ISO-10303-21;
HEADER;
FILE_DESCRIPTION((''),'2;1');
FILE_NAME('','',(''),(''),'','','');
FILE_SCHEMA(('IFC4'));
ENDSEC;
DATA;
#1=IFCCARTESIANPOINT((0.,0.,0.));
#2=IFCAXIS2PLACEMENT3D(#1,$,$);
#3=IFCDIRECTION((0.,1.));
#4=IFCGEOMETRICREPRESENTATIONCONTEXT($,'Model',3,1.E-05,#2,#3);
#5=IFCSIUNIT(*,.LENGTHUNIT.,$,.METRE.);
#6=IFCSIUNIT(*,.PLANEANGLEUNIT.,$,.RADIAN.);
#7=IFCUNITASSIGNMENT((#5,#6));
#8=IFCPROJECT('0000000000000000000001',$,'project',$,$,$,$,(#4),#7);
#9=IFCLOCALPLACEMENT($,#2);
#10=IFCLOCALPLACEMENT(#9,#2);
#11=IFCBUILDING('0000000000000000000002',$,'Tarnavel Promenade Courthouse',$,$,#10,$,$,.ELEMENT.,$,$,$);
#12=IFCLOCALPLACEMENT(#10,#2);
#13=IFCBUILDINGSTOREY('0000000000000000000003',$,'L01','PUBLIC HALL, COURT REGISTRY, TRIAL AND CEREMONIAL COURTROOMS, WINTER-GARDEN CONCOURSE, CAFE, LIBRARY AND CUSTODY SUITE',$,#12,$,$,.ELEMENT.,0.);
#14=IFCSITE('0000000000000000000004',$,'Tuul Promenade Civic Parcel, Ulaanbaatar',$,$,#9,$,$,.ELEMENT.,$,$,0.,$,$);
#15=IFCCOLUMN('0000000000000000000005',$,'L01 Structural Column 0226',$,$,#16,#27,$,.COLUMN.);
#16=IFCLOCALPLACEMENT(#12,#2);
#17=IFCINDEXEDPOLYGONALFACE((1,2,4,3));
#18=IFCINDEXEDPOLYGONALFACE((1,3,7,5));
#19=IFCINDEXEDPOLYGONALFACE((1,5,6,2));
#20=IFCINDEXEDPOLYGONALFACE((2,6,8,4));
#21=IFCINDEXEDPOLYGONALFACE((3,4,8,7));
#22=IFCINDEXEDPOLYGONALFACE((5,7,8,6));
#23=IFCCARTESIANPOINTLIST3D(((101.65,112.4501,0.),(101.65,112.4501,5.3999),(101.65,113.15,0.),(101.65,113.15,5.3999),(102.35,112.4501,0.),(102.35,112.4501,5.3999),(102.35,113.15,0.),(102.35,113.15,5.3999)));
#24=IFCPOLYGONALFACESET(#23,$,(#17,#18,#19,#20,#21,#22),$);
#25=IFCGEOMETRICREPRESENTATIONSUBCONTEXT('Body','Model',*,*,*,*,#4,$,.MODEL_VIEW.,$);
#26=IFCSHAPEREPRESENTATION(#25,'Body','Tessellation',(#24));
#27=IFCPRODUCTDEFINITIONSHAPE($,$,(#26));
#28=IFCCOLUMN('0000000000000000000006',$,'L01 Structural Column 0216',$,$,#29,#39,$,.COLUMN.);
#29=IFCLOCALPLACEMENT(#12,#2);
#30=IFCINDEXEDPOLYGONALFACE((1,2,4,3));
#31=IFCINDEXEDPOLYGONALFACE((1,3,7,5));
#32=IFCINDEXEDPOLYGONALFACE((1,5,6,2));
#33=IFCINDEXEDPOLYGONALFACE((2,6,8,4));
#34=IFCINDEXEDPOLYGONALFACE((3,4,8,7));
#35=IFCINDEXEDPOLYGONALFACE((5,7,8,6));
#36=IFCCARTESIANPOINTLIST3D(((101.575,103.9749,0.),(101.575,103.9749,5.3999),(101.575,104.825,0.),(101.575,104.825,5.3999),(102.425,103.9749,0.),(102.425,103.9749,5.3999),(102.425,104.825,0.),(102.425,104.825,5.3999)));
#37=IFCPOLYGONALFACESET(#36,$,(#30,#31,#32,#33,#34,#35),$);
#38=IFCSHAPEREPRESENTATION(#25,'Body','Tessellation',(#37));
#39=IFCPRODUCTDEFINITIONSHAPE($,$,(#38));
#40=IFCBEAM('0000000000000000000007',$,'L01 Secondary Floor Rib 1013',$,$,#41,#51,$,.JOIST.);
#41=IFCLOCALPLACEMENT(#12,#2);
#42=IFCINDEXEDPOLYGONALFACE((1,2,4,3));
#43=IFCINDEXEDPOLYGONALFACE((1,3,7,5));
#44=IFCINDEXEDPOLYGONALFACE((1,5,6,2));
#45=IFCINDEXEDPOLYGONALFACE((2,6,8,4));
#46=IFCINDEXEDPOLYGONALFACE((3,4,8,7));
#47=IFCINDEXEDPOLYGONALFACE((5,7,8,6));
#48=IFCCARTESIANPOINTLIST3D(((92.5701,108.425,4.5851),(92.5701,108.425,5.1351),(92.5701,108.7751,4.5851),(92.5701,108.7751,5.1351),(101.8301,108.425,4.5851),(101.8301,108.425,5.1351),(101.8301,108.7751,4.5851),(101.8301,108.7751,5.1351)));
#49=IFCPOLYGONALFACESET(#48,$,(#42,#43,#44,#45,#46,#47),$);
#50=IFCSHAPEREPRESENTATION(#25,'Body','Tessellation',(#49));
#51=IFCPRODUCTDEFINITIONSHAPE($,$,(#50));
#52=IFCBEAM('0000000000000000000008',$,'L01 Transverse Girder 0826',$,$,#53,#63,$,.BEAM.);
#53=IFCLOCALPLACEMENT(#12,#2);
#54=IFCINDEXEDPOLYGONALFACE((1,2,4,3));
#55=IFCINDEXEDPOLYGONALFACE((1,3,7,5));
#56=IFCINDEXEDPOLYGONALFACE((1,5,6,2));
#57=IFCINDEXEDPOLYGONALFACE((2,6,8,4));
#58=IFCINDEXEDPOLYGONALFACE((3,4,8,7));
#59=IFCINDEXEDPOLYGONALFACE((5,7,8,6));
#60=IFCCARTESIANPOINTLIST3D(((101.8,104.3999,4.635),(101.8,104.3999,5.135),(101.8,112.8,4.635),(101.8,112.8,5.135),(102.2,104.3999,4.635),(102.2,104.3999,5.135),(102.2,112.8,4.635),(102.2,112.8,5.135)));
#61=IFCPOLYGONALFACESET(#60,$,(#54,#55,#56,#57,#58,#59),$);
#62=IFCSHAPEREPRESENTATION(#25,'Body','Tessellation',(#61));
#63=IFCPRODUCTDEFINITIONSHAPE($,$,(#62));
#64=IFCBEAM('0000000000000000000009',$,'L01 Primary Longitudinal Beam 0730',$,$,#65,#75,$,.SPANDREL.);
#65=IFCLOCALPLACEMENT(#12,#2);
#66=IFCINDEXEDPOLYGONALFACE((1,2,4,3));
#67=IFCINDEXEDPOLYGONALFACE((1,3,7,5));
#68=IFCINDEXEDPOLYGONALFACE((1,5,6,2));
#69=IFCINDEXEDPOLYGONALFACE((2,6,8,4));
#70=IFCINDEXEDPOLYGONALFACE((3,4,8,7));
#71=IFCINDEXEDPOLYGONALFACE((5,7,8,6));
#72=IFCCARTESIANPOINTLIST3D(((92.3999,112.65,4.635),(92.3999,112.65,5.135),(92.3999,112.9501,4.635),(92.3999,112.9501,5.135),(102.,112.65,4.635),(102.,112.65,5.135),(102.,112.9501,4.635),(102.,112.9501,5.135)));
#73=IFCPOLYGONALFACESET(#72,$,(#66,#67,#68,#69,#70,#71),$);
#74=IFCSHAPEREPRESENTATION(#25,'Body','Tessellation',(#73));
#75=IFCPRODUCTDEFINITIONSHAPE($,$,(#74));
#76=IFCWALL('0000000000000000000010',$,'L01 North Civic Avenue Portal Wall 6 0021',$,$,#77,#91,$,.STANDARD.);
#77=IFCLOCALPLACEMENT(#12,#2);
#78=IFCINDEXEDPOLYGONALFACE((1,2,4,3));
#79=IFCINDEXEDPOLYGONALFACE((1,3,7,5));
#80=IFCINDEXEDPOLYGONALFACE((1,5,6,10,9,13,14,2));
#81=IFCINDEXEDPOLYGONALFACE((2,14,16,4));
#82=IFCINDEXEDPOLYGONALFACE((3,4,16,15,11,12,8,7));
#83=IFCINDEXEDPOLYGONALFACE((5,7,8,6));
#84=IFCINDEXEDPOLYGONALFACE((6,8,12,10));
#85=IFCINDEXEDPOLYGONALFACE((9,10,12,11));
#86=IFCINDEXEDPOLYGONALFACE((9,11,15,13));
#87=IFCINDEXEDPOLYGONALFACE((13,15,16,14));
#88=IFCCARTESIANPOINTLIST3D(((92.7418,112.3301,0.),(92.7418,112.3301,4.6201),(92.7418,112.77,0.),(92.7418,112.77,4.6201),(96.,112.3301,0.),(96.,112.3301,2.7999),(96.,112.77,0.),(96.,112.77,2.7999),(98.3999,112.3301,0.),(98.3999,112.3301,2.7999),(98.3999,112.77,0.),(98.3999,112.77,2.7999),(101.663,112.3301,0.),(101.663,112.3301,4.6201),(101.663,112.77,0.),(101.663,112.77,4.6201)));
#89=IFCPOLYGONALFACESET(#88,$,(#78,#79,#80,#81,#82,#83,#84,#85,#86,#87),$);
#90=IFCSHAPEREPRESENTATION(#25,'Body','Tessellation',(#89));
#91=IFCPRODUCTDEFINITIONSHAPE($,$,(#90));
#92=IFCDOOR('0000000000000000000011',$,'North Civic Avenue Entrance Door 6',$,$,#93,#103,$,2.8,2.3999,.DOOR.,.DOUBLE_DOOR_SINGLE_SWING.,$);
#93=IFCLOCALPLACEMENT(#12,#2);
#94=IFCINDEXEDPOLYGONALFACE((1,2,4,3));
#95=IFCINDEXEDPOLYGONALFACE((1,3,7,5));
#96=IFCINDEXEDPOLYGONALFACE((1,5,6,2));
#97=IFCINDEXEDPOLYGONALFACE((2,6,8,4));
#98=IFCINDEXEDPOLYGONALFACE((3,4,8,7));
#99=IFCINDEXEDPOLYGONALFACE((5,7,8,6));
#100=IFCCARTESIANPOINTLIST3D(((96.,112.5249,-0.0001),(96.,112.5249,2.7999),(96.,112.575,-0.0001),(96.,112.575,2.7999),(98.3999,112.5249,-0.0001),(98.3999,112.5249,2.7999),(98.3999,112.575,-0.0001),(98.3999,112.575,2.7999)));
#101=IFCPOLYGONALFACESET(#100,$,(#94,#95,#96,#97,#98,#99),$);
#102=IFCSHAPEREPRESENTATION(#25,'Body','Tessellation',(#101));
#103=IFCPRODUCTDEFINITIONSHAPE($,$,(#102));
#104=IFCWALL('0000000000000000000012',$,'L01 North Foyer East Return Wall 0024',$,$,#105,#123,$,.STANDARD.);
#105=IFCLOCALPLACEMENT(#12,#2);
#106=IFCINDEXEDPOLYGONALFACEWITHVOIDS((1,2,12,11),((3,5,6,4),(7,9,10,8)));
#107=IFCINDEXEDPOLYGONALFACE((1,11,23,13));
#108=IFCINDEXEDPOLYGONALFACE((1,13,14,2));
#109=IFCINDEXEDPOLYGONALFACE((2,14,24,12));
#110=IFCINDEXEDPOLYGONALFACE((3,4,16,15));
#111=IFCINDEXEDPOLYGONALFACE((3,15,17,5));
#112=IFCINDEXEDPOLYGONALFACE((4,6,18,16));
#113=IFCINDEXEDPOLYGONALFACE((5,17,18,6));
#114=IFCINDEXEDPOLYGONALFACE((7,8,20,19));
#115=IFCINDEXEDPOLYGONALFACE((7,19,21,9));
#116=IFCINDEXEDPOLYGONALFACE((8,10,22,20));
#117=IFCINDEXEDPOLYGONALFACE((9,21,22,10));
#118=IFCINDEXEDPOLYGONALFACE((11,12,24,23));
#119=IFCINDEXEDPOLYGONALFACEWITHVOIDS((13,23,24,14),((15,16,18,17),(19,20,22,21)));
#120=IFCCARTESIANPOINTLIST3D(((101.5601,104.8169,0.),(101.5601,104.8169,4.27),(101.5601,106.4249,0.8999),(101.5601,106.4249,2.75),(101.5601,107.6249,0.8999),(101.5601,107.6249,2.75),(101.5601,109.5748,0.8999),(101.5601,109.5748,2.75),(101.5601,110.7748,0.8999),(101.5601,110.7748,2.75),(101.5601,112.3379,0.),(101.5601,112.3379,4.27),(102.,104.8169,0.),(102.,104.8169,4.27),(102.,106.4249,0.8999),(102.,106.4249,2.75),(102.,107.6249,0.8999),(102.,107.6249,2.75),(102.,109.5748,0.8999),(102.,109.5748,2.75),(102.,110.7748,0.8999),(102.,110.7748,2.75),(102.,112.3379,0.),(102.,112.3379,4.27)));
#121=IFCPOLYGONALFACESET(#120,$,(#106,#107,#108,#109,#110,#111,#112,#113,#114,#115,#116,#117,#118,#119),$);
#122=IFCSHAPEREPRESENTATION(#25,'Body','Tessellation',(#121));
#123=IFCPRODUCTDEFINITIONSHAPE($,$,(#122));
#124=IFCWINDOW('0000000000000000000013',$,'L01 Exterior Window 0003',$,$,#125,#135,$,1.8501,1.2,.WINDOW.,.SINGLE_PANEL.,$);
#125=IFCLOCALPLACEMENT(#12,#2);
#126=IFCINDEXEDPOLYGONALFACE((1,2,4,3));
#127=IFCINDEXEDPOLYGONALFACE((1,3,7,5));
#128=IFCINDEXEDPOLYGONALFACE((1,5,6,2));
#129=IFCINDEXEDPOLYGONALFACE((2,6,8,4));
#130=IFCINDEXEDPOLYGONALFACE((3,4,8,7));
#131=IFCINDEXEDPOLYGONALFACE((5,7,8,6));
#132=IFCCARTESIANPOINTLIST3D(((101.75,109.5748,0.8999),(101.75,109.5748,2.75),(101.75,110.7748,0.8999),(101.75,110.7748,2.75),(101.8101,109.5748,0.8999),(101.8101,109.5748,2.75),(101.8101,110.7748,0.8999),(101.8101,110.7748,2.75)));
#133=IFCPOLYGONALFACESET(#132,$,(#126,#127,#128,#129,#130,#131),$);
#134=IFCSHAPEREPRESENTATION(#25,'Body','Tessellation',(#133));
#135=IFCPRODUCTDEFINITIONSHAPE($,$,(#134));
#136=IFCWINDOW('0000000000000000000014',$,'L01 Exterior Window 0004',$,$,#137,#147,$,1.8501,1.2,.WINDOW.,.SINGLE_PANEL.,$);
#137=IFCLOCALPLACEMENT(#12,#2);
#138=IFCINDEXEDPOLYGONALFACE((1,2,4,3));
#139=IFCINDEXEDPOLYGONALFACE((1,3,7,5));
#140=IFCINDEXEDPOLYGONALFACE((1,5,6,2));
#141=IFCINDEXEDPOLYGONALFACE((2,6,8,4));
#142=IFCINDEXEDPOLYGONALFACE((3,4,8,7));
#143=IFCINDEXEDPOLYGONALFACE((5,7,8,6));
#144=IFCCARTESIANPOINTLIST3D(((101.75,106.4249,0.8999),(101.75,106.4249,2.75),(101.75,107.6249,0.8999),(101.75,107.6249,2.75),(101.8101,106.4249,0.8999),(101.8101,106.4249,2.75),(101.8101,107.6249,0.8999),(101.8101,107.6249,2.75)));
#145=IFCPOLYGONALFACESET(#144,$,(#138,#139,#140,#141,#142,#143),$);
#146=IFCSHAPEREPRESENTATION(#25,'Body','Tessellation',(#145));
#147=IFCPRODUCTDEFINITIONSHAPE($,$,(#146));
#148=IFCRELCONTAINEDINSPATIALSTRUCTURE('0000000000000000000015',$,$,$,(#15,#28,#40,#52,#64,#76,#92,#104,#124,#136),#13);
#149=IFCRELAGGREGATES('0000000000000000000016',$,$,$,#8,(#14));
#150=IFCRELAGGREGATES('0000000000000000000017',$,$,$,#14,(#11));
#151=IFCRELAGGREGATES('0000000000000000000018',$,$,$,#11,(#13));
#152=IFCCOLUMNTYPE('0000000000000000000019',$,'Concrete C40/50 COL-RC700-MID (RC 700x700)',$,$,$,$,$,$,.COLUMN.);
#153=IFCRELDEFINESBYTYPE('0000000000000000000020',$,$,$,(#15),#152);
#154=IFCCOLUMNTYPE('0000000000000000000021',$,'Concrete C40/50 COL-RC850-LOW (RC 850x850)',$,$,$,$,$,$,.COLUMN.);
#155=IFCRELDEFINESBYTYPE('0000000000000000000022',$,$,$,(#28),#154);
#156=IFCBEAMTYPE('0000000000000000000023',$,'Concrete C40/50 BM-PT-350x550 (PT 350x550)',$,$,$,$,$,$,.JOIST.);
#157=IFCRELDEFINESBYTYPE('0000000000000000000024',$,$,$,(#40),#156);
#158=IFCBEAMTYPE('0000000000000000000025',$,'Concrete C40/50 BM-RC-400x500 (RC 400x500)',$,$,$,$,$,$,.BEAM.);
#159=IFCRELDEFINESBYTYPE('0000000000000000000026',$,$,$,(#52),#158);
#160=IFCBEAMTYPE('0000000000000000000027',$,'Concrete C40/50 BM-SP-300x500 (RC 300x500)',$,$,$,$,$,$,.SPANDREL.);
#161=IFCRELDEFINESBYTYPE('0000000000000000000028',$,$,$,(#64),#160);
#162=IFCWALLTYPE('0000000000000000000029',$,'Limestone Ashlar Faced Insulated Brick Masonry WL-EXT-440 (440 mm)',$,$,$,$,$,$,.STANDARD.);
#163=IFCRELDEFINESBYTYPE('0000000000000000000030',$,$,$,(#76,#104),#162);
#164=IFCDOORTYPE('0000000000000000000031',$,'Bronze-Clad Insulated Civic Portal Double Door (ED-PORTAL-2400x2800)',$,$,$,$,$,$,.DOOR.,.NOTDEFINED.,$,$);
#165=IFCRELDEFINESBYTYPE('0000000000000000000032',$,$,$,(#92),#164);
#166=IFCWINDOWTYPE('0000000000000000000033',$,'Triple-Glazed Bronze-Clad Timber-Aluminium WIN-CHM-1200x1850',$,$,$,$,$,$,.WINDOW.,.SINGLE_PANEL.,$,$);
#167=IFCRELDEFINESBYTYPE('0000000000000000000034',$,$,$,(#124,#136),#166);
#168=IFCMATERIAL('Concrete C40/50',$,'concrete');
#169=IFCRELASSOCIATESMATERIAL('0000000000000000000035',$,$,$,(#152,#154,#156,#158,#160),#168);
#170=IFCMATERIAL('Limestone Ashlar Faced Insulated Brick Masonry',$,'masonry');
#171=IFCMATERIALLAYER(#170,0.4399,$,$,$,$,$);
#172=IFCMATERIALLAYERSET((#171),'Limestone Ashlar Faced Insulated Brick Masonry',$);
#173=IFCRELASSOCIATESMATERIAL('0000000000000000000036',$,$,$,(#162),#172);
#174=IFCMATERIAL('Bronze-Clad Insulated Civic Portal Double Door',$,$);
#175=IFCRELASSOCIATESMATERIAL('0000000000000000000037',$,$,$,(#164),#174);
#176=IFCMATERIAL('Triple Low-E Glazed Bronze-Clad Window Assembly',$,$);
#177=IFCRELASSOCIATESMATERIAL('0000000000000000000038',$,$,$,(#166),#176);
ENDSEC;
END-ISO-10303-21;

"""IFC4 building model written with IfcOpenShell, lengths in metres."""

from ifc_helpers import new_model, si_unit, direction, frame, frame_2d, origin, origin_2d, place, context, subcontext, project, spatial, rectangle, extrude, material, layer, layer_set, material_profile, profile_set, type_object, element, fill, save


model = new_model("IFC4")

# Units and contexts
model_context = context("Model", 3, precision=1e-05, world=origin(), true_north=direction((0.0, 1.0)))
body_context = subcontext(model_context, "Body", "Model", "MODEL_VIEW")
ifc_project = project(units=[si_unit("LENGTHUNIT", "METRE"), si_unit("PLANEANGLEUNIT", "RADIAN")], contexts=[model_context])

# Site, building, storey
site_placement = place(None, origin())
site = spatial("IfcSite", under=ifc_project, at=site_placement, Name="Tuul Promenade Civic Parcel, Ulaanbaatar", CompositionType="ELEMENT", RefElevation=0.0)
building_placement = place(site_placement, origin())
building = spatial("IfcBuilding", under=site, at=building_placement, Name="Tarnavel Promenade Courthouse", CompositionType="ELEMENT")
storey_placement = place(building_placement, origin())
storey = spatial("IfcBuildingStorey", under=building, at=storey_placement, Name="L01", Description="PUBLIC HALL, COURT REGISTRY, TRIAL AND CEREMONIAL COURTROOMS, WINTER-GARDEN CONCOURSE, CAFE, LIBRARY AND CUSTODY SUITE", CompositionType="ELEMENT", Elevation=0.0)

# Columns
ifc_material_1 = material(Name="Concrete C40/50", Category="concrete")
ifc_material_profile_1 = material_profile(ifc_material_1, rectangle(XDim=0.7, YDim=0.7, at=origin_2d()), Name="RC 700x700")
ifc_profile_set_1 = profile_set([ifc_material_profile_1], Name="Concrete C40/50")
column_type_1 = type_object("IfcColumnType", Name="Concrete C40/50 COL-RC700-MID (RC 700x700)", PredefinedType="COLUMN", material=ifc_profile_set_1)
column_1_placement = place(storey_placement, frame((102.0, 112.8, 0.0), z_axis=(0.0, 0.0, 1.0), x_axis=(1.0, 0.0, 0.0)))
element("IfcColumn", 1, at=column_1_placement, inside=storey, type_object=column_type_1, Name="L01 Structural Column 0226", PredefinedType="COLUMN", context=body_context, shape_type="SweptSolid", body=[
    extrude(rectangle(XDim=0.7, YDim=0.7, at=origin_2d()), origin(), (0.0, 0.0, 1.0), 5.3999),
])
ifc_material_profile_2 = material_profile(ifc_material_1, rectangle(XDim=0.8501, YDim=0.8501, at=origin_2d()), Name="RC 850x850")
ifc_profile_set_2 = profile_set([ifc_material_profile_2], Name="Concrete C40/50")
column_type_2 = type_object("IfcColumnType", Name="Concrete C40/50 COL-RC850-LOW (RC 850x850)", PredefinedType="COLUMN", material=ifc_profile_set_2)
column_2_placement = place(storey_placement, frame((102.0, 104.3999, 0.0), z_axis=(0.0, 0.0, 1.0), x_axis=(1.0, 0.0, 0.0)))
element("IfcColumn", 2, at=column_2_placement, inside=storey, type_object=column_type_2, Name="L01 Structural Column 0216", PredefinedType="COLUMN", context=body_context, shape_type="SweptSolid", body=[
    extrude(rectangle(XDim=0.8501, YDim=0.8501, at=origin_2d()), origin(), (0.0, 0.0, 1.0), 5.3999),
])

# Beams
ifc_material_profile_3 = material_profile(ifc_material_1, rectangle(XDim=0.3501, YDim=0.55, at=origin_2d()), Name="PT 350x550")
ifc_profile_set_3 = profile_set([ifc_material_profile_3], Name="Concrete C40/50")
beam_type_1 = type_object("IfcBeamType", Name="Concrete C40/50 BM-PT-350x550 (PT 350x550)", PredefinedType="JOIST", material=ifc_profile_set_3)
beam_1_placement = place(storey_placement, frame((92.5701, 108.6001, 4.8601), z_axis=(1.0, 0.0, 0.0), x_axis=(0.0, 1.0, 0.0)))
element("IfcBeam", 3, at=beam_1_placement, inside=storey, type_object=beam_type_1, Name="L01 Secondary Floor Rib 1013", PredefinedType="JOIST", context=body_context, shape_type="SweptSolid", body=[
    extrude(rectangle(XDim=0.3501, YDim=0.55, at=origin_2d()), origin(), (0.0, 0.0, 1.0), 9.26),
])
ifc_material_profile_4 = material_profile(ifc_material_1, rectangle(XDim=0.3999, YDim=0.5, at=origin_2d()), Name="RC 400x500")
ifc_profile_set_4 = profile_set([ifc_material_profile_4], Name="Concrete C40/50")
beam_type_2 = type_object("IfcBeamType", Name="Concrete C40/50 BM-RC-400x500 (RC 400x500)", PredefinedType="BEAM", material=ifc_profile_set_4)
beam_2_placement = place(storey_placement, frame((102.0, 104.3999, 4.885), z_axis=(0.0, 1.0, 0.0), x_axis=(-1.0, 0.0, 0.0)))
element("IfcBeam", 4, at=beam_2_placement, inside=storey, type_object=beam_type_2, Name="L01 Transverse Girder 0826", PredefinedType="BEAM", context=body_context, shape_type="SweptSolid", body=[
    extrude(rectangle(XDim=0.3999, YDim=0.5, at=origin_2d()), origin(), (0.0, 0.0, 1.0), 8.4001),
])
ifc_material_profile_5 = material_profile(ifc_material_1, rectangle(XDim=0.3, YDim=0.5, at=origin_2d()), Name="RC 300x500")
ifc_profile_set_5 = profile_set([ifc_material_profile_5], Name="Concrete C40/50")
beam_type_3 = type_object("IfcBeamType", Name="Concrete C40/50 BM-SP-300x500 (RC 300x500)", PredefinedType="SPANDREL", material=ifc_profile_set_5)
beam_3_placement = place(storey_placement, frame((92.3999, 112.8, 4.885), z_axis=(1.0, 0.0, 0.0), x_axis=(0.0, 1.0, 0.0)))
element("IfcBeam", 5, at=beam_3_placement, inside=storey, type_object=beam_type_3, Name="L01 Primary Longitudinal Beam 0730", PredefinedType="SPANDREL", context=body_context, shape_type="SweptSolid", body=[
    extrude(rectangle(XDim=0.3, YDim=0.5, at=origin_2d()), origin(), (0.0, 0.0, 1.0), 9.6001),
])

# Wall, opening, door
ifc_material_2 = material(Name="Limestone Ashlar Faced Insulated Brick Masonry", Category="masonry")
ifc_layer_1 = layer(ifc_material_2, 0.4399)
ifc_layer_set_1 = layer_set([ifc_layer_1], Name="Limestone Ashlar Faced Insulated Brick Masonry")
wall_type_1 = type_object("IfcWallType", Name="Limestone Ashlar Faced Insulated Brick Masonry WL-EXT-440 (440 mm)", PredefinedType="STANDARD", material=ifc_layer_set_1)
wall_1_placement = place(storey_placement, frame((92.7419, 112.55, 0.0), z_axis=(0.0, 0.0, 1.0), x_axis=(1.0, 0.0, 0.0)))
wall_1 = element("IfcWall", 6, at=wall_1_placement, inside=storey, type_object=wall_type_1, Name="L01 North Civic Avenue Portal Wall 6 0021", PredefinedType="STANDARD", context=body_context, shape_type="SweptSolid", body=[
    extrude(rectangle(XDim=8.9211, YDim=0.4399, at=frame_2d((4.4604, 0.0))), origin(), (0.0, 0.0, 1.0), 4.6201),
])
opening_1_placement = place(wall_1_placement, frame((3.2581, 0.0, 0.0)))
opening_1 = element("IfcOpeningElement", 7, at=opening_1_placement, cuts=wall_1, PredefinedType="OPENING", context=body_context, shape_type="SweptSolid", body=[
    extrude(rectangle(XDim=2.3999, YDim=2.8, at=frame_2d((1.2, 1.3999))), frame((0.0, 0.23, 0.0), z_axis=(0.0, -1.0, 0.0), x_axis=(1.0, 0.0, 0.0)), (0.0, 0.0, 1.0), 0.46),
])
ifc_material_3 = material(Name="Bronze-Clad Insulated Civic Portal Double Door")
door_type_1 = type_object("IfcDoorType", Name="Bronze-Clad Insulated Civic Portal Double Door (ED-PORTAL-2400x2800)", OperationType="NOTDEFINED", PredefinedType="DOOR", material=ifc_material_3)
door_1_placement = place(opening_1_placement, origin())
door_1 = element("IfcDoor", 8, at=door_1_placement, inside=storey, type_object=door_type_1, Name="North Civic Avenue Entrance Door 6", OperationType="DOUBLE_DOOR_SINGLE_SWING", OverallHeight=2.8, OverallWidth=2.3999, PredefinedType="DOOR", context=body_context, shape_type="SweptSolid", body=[
    extrude(rectangle(XDim=2.3999, YDim=2.8, at=frame_2d((1.2, 1.3999))), frame((0.0, 0.0249, 0.0), z_axis=(0.0, -1.0, 0.0), x_axis=(1.0, 0.0, 0.0)), (0.0, 0.0, 1.0), 0.05),
])
fill(opening_1, door_1)

# Wall, openings, windows
wall_2_placement = place(storey_placement, frame((101.78, 112.3379, 0.0), z_axis=(0.0, 0.0, 1.0), x_axis=(0.0, -1.0, 0.0)))
wall_2 = element("IfcWall", 9, at=wall_2_placement, inside=storey, type_object=wall_type_1, Name="L01 North Foyer East Return Wall 0024", PredefinedType="STANDARD", context=body_context, shape_type="SweptSolid", body=[
    extrude(rectangle(XDim=7.521, YDim=0.4399, at=frame_2d((3.7605, 0.0))), origin(), (0.0, 0.0, 1.0), 4.27),
])
opening_2_placement = place(wall_2_placement, frame((1.563, 0.0, 0.8999)))
opening_2 = element("IfcOpeningElement", 10, at=opening_2_placement, cuts=wall_2, PredefinedType="OPENING", context=body_context, shape_type="SweptSolid", body=[
    extrude(rectangle(XDim=1.2, YDim=1.8501, at=frame_2d((0.6001, 0.925))), frame((0.0, 0.23, 0.0), z_axis=(0.0, -1.0, 0.0), x_axis=(1.0, 0.0, 0.0)), (0.0, 0.0, 1.0), 0.46),
])
opening_3_placement = place(wall_2_placement, frame((4.7129, 0.0, 0.8999)))
opening_3 = element("IfcOpeningElement", 11, at=opening_3_placement, cuts=wall_2, PredefinedType="OPENING", context=body_context, shape_type="SweptSolid", body=[
    extrude(rectangle(XDim=1.2, YDim=1.8501, at=frame_2d((0.6001, 0.925))), frame((0.0, 0.23, 0.0), z_axis=(0.0, -1.0, 0.0), x_axis=(1.0, 0.0, 0.0)), (0.0, 0.0, 1.0), 0.46),
])
ifc_material_4 = material(Name="Triple Low-E Glazed Bronze-Clad Window Assembly")
window_type_1 = type_object("IfcWindowType", Name="Triple-Glazed Bronze-Clad Timber-Aluminium WIN-CHM-1200x1850", PartitioningType="SINGLE_PANEL", PredefinedType="WINDOW", material=ifc_material_4)
window_1_placement = place(opening_2_placement, origin())
window_1 = element("IfcWindow", 12, at=window_1_placement, inside=storey, type_object=window_type_1, Name="L01 Exterior Window 0003", OverallHeight=1.8501, OverallWidth=1.2, PartitioningType="SINGLE_PANEL", PredefinedType="WINDOW", context=body_context, shape_type="SweptSolid", body=[
    extrude(rectangle(XDim=1.2, YDim=1.8501, at=frame_2d((0.6001, 0.925))), frame((0.0, 0.03, 0.0), z_axis=(0.0, -1.0, 0.0), x_axis=(1.0, 0.0, 0.0)), (0.0, 0.0, 1.0), 0.0601),
])
fill(opening_2, window_1)
window_2_placement = place(opening_3_placement, origin())
window_2 = element("IfcWindow", 13, at=window_2_placement, inside=storey, type_object=window_type_1, Name="L01 Exterior Window 0004", OverallHeight=1.8501, OverallWidth=1.2, PartitioningType="SINGLE_PANEL", PredefinedType="WINDOW", context=body_context, shape_type="SweptSolid", body=[
    extrude(rectangle(XDim=1.2, YDim=1.8501, at=frame_2d((0.6001, 0.925))), frame((0.0, 0.03, 0.0), z_axis=(0.0, -1.0, 0.0), x_axis=(1.0, 0.0, 0.0)), (0.0, 0.0, 1.0), 0.0601),
])
fill(opening_3, window_2)

save(model, "model.ifc")
